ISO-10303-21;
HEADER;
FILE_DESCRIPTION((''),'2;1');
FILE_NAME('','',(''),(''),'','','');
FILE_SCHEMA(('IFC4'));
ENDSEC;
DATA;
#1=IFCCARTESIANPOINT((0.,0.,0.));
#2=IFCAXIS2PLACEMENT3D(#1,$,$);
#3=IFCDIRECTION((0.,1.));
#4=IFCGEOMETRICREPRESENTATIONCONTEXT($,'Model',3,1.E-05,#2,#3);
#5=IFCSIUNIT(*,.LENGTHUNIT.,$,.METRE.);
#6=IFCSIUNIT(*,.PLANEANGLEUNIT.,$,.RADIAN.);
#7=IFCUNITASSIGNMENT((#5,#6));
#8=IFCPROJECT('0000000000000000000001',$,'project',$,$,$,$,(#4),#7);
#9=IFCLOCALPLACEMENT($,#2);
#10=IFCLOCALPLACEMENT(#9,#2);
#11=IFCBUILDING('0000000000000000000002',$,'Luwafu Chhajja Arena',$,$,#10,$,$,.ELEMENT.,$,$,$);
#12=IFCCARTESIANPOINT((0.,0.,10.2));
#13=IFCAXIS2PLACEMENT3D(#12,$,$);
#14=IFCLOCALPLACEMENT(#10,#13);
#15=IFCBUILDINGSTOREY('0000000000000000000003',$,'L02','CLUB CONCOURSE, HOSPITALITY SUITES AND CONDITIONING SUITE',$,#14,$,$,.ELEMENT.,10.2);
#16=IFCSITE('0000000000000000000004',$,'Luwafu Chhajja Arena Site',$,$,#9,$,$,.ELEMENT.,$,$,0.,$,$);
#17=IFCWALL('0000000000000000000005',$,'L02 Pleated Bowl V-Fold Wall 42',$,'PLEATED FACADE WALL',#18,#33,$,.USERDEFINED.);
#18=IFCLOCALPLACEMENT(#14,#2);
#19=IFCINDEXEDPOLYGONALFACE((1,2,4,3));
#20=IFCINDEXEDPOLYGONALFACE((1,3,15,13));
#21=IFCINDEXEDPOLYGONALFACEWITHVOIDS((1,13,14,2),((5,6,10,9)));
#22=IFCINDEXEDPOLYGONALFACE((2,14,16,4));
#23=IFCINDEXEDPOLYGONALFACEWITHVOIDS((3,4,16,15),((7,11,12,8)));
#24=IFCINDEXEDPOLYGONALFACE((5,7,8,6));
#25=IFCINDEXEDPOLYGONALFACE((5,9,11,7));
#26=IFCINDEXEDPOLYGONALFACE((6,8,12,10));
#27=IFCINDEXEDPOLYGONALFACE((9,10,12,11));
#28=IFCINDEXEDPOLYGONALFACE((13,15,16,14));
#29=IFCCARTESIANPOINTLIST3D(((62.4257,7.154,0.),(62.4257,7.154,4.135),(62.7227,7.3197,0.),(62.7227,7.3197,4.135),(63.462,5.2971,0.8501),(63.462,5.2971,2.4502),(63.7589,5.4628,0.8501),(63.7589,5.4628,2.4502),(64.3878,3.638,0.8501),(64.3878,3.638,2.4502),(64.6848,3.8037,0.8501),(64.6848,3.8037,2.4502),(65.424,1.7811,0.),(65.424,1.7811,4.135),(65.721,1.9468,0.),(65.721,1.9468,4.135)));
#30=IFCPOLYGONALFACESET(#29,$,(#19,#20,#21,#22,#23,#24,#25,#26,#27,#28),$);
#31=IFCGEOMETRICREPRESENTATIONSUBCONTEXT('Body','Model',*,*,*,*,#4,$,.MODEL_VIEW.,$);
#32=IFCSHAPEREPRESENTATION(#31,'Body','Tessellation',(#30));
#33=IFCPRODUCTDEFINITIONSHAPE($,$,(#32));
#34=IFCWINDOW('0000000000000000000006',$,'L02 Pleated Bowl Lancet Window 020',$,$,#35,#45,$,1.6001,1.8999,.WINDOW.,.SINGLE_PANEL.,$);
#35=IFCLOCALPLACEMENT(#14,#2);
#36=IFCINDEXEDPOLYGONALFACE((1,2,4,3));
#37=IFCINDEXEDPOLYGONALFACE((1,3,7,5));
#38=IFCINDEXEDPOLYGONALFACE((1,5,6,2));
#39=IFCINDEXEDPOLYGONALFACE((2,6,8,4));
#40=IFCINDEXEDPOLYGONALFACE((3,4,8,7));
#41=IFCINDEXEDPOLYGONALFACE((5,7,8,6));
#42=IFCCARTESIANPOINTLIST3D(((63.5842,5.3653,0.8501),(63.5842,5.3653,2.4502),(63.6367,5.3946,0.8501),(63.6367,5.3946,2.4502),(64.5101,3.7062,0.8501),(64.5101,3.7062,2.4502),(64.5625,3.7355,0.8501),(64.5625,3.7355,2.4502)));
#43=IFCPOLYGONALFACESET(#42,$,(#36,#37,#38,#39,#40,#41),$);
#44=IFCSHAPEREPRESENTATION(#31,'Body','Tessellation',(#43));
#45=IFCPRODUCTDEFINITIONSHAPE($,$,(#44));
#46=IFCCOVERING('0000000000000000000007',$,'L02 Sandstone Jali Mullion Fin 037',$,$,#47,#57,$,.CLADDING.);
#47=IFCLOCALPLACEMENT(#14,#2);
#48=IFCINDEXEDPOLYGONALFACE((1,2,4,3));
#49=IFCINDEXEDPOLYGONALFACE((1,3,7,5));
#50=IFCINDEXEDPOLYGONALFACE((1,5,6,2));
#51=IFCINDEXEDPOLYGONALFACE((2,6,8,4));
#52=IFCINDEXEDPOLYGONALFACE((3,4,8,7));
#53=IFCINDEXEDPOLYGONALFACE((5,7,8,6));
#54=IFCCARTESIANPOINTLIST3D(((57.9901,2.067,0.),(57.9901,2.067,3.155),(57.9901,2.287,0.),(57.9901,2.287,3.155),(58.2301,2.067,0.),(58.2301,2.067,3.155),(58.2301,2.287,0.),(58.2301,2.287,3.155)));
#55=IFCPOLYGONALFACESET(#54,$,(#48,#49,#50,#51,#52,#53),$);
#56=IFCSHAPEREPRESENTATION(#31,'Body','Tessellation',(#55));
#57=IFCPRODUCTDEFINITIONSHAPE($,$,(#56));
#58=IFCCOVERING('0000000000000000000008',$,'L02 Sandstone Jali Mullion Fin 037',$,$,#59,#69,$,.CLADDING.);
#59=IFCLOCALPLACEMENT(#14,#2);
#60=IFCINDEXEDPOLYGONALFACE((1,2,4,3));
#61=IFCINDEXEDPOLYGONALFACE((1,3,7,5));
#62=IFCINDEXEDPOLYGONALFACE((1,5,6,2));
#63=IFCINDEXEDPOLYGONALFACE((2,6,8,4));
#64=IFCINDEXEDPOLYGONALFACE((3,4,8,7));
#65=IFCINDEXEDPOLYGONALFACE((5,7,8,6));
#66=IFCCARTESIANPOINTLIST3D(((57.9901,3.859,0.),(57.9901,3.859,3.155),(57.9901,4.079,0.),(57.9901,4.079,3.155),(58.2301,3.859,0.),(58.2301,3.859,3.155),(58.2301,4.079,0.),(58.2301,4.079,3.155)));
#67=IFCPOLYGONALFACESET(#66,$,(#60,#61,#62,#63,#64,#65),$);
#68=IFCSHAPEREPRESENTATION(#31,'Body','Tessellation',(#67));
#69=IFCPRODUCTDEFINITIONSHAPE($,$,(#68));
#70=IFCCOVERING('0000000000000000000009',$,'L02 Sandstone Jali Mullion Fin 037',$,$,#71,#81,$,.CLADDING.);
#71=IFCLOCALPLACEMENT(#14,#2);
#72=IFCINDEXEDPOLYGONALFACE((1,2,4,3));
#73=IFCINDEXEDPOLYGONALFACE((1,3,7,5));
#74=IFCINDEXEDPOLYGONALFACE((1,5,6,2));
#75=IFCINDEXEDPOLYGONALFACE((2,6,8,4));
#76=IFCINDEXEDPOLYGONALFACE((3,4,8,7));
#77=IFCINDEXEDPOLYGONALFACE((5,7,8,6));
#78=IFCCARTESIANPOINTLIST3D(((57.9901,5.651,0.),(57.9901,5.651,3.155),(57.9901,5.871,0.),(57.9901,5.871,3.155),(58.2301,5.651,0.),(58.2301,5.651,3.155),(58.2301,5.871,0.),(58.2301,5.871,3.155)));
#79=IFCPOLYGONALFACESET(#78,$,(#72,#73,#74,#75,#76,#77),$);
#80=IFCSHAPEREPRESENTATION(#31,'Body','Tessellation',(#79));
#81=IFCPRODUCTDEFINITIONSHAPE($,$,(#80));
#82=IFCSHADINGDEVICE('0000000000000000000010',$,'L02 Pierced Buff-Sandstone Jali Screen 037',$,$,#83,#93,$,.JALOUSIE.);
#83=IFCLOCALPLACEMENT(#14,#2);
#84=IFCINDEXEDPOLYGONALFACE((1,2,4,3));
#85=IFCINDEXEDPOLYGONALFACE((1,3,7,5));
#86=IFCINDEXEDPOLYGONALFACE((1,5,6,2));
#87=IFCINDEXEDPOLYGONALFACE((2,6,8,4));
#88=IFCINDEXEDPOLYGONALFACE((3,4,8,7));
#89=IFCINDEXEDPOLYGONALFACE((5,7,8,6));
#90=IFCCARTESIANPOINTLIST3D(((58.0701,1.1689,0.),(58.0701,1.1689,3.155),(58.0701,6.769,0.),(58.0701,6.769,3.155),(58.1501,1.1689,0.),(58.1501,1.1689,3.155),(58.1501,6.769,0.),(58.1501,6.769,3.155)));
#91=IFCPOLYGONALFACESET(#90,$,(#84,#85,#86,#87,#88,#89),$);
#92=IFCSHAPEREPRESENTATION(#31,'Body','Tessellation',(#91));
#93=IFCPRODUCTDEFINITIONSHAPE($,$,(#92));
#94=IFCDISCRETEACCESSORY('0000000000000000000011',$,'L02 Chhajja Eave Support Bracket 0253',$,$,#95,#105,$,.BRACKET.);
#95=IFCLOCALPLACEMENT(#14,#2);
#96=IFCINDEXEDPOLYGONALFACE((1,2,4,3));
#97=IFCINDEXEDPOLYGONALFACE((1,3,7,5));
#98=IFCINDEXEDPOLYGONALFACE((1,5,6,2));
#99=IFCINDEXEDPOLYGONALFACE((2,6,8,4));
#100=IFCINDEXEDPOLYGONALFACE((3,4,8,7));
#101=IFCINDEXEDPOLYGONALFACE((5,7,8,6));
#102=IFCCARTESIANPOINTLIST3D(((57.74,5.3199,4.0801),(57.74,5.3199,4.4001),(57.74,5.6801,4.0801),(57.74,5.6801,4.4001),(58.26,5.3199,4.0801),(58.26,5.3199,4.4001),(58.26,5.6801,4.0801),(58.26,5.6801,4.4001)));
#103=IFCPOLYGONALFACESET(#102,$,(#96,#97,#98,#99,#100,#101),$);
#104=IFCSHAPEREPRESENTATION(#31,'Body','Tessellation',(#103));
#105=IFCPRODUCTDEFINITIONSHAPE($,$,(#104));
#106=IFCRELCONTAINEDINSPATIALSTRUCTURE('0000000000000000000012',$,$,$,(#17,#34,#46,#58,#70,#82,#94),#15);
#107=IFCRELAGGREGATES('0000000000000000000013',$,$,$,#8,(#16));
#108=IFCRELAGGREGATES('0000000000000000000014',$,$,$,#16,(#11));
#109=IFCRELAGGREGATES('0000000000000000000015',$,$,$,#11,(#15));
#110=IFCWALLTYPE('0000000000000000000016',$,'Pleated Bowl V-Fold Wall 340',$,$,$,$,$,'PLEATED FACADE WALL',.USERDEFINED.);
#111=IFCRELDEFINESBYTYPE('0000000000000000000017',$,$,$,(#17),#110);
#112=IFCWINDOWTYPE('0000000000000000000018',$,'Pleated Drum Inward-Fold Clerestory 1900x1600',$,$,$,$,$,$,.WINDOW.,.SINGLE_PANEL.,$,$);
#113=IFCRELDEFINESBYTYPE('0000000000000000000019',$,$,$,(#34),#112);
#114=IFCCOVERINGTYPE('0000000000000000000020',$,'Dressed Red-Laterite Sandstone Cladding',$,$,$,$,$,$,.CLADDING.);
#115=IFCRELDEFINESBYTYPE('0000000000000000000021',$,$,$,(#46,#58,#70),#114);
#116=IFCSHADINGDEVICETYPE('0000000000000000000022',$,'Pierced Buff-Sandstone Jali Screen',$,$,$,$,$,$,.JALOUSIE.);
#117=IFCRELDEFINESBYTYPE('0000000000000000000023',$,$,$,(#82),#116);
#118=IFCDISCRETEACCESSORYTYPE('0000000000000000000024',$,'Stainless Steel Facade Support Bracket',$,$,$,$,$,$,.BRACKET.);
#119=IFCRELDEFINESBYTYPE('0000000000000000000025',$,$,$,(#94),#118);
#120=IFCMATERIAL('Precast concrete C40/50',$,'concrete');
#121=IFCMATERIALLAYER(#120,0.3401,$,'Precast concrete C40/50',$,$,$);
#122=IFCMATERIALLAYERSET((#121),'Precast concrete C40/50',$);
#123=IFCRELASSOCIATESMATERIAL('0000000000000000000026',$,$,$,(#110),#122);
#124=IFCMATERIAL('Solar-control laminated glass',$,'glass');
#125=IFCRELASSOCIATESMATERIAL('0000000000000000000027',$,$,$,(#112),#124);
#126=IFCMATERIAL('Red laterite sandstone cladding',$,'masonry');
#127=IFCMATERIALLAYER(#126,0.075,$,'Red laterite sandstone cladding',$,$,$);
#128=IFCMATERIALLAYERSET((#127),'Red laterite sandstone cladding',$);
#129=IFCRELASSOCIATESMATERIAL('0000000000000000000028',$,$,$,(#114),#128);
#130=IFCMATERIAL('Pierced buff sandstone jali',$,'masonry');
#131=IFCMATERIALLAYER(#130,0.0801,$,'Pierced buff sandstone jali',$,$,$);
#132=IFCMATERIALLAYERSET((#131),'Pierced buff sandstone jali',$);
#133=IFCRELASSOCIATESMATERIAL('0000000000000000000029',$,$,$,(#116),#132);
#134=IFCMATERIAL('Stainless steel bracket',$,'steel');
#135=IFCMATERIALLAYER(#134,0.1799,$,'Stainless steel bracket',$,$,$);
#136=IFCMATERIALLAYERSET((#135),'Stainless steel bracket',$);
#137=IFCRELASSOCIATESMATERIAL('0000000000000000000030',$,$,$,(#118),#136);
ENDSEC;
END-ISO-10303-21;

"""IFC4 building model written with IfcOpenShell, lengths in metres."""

from ifc_helpers import new_model, si_unit, direction, frame, frame_2d, origin, origin_2d, place, context, subcontext, project, spatial, rectangle, extrude, material, layer, layer_set, type_object, element, fill, save


model = new_model("IFC4")

# Units and contexts
model_context = context("Model", 3, precision=1e-05, world=origin(), true_north=direction((0.0, 1.0)))
body_context = subcontext(model_context, "Body", "Model", "MODEL_VIEW")
ifc_project = project(units=[si_unit("LENGTHUNIT", "METRE"), si_unit("PLANEANGLEUNIT", "RADIAN")], contexts=[model_context])

# Site, building, storey
site_placement = place(None, origin())
site = spatial("IfcSite", under=ifc_project, at=site_placement, Name="Luwafu Chhajja Arena Site", CompositionType="ELEMENT", RefElevation=0.0)
building_placement = place(site_placement, origin())
building = spatial("IfcBuilding", under=site, at=building_placement, Name="Luwafu Chhajja Arena", CompositionType="ELEMENT")
storey_placement = place(building_placement, frame((0.0, 0.0, 10.2)))
storey = spatial("IfcBuildingStorey", under=building, at=storey_placement, Name="L02", Description="CLUB CONCOURSE, HOSPITALITY SUITES AND CONDITIONING SUITE", CompositionType="ELEMENT", Elevation=10.2)

# Shared definitions
ifc_material_1 = material(Name="Solar-control laminated glass", Category="glass")

# Wall, opening, window
ifc_material_2 = material(Name="Precast concrete C40/50", Category="concrete")
ifc_layer_1 = layer(ifc_material_2, 0.3401, Name="Precast concrete C40/50")
ifc_layer_set_1 = layer_set([ifc_layer_1], Name="Precast concrete C40/50")
wall_type = type_object("IfcWallType", Name="Pleated Bowl V-Fold Wall 340", ElementType="PLEATED FACADE WALL", PredefinedType="USERDEFINED", material=ifc_layer_set_1)
wall_1_placement = place(storey_placement, frame((62.5742, 7.2368, 0.0), z_axis=(0.0, 0.0, 1.0), x_axis=(0.487306, -0.873231, 0.0)))
wall_1 = element("IfcWall", 1, at=wall_1_placement, inside=storey, type_object=wall_type, Name="L02 Pleated Bowl V-Fold Wall 42", ObjectType="PLEATED FACADE WALL", PredefinedType="USERDEFINED", context=body_context, shape_type="SweptSolid", body=[
    extrude(rectangle(XDim=6.1528, YDim=0.3401, at=frame_2d((3.0764, 0.0))), origin(), (0.0, 0.0, 1.0), 4.135),
])
opening_1_placement = place(wall_1_placement, frame((2.1265, 0.0, 0.8501)))
opening_1 = element("IfcOpeningElement", 2, at=opening_1_placement, cuts=wall_1, PredefinedType="OPENING", context=body_context, shape_type="SweptSolid", body=[
    extrude(rectangle(XDim=1.8999, YDim=1.6001, at=frame_2d((0.95, 0.8))), frame((0.0, 0.1799, 0.0), z_axis=(0.0, -1.0, 0.0), x_axis=(1.0, 0.0, 0.0)), (0.0, 0.0, 1.0), 0.3601),
])
window_type_1 = type_object("IfcWindowType", Name="Pleated Drum Inward-Fold Clerestory 1900x1600", PartitioningType="SINGLE_PANEL", PredefinedType="WINDOW", material=ifc_material_1)
window_1_placement = place(opening_1_placement, origin())
window_1 = element("IfcWindow", 3, at=window_1_placement, inside=storey, type_object=window_type_1, Name="L02 Pleated Bowl Lancet Window 020", OverallHeight=1.6001, OverallWidth=1.8999, PartitioningType="SINGLE_PANEL", PredefinedType="WINDOW", context=body_context, shape_type="SweptSolid", body=[
    extrude(rectangle(XDim=1.8999, YDim=1.6001, at=frame_2d((0.95, 0.8))), frame((0.0, 0.03, 0.0), z_axis=(0.0, -1.0, 0.0), x_axis=(1.0, 0.0, 0.0)), (0.0, 0.0, 1.0), 0.0601),
])
fill(opening_1, window_1)

# Coverings
ifc_material_3 = material(Name="Red laterite sandstone cladding", Category="masonry")
ifc_layer_2 = layer(ifc_material_3, 0.075, Name="Red laterite sandstone cladding")
ifc_layer_set_2 = layer_set([ifc_layer_2], Name="Red laterite sandstone cladding")
covering_type = type_object("IfcCoveringType", Name="Dressed Red-Laterite Sandstone Cladding", PredefinedType="CLADDING", material=ifc_layer_set_2)
for number, where, z_axis, x_axis, name in (
    (4, (58.1101, 2.177, 0.0), (0.0, 0.0, 1.0), (0.0, 1.0, 0.0), "L02 Sandstone Jali Mullion Fin 037"),
    (5, (58.1101, 3.969, 0.0), (0.0, 0.0, 1.0), (0.0, 1.0, 0.0), "L02 Sandstone Jali Mullion Fin 037"),
    (6, (58.1101, 5.761, 0.0), (0.0, 0.0, 1.0), (0.0, 1.0, 0.0), "L02 Sandstone Jali Mullion Fin 037"),
):
    element("IfcCovering", number, at=place(storey_placement, frame(where, z_axis=z_axis, x_axis=x_axis)), inside=storey, type_object=covering_type, Name=name, PredefinedType="CLADDING", context=body_context, shape_type="SweptSolid", body=[
        extrude(rectangle(XDim=0.22, YDim=0.24, at=origin_2d()), origin(), (0.0, 0.0, 1.0), 3.155),
    ])

# Shading device
ifc_material_4 = material(Name="Pierced buff sandstone jali", Category="masonry")
ifc_layer_3 = layer(ifc_material_4, 0.0801, Name="Pierced buff sandstone jali")
ifc_layer_set_3 = layer_set([ifc_layer_3], Name="Pierced buff sandstone jali")
shading_device_type = type_object("IfcShadingDeviceType", Name="Pierced Buff-Sandstone Jali Screen", PredefinedType="JALOUSIE", material=ifc_layer_set_3)
shading_device_placement = place(storey_placement, frame((58.1101, 3.969, 0.0), z_axis=(0.0, 0.0, 1.0), x_axis=(0.0, 1.0, 0.0)))
element("IfcShadingDevice", 7, at=shading_device_placement, inside=storey, type_object=shading_device_type, Name="L02 Pierced Buff-Sandstone Jali Screen 037", PredefinedType="JALOUSIE", context=body_context, shape_type="SweptSolid", body=[
    extrude(rectangle(XDim=5.6001, YDim=0.0801, at=origin_2d()), origin(), (0.0, 0.0, 1.0), 3.155),
])

# Discrete accessory
ifc_material_5 = material(Name="Stainless steel bracket", Category="steel")
ifc_layer_4 = layer(ifc_material_5, 0.1799, Name="Stainless steel bracket")
ifc_layer_set_4 = layer_set([ifc_layer_4], Name="Stainless steel bracket")
discrete_accessory_type = type_object("IfcDiscreteAccessoryType", Name="Stainless Steel Facade Support Bracket", PredefinedType="BRACKET", material=ifc_layer_set_4)
discrete_accessory_placement = place(storey_placement, frame((58.0, 5.5, 4.0801), z_axis=(0.0, 0.0, 1.0), x_axis=(0.0, 1.0, 0.0)))
element("IfcDiscreteAccessory", 8, at=discrete_accessory_placement, inside=storey, type_object=discrete_accessory_type, Name="L02 Chhajja Eave Support Bracket 0253", PredefinedType="BRACKET", context=body_context, shape_type="SweptSolid", body=[
    extrude(rectangle(XDim=0.3601, YDim=0.52, at=origin_2d()), origin(), (0.0, 0.0, 1.0), 0.3201),
])

save(model, "model.ifc")
